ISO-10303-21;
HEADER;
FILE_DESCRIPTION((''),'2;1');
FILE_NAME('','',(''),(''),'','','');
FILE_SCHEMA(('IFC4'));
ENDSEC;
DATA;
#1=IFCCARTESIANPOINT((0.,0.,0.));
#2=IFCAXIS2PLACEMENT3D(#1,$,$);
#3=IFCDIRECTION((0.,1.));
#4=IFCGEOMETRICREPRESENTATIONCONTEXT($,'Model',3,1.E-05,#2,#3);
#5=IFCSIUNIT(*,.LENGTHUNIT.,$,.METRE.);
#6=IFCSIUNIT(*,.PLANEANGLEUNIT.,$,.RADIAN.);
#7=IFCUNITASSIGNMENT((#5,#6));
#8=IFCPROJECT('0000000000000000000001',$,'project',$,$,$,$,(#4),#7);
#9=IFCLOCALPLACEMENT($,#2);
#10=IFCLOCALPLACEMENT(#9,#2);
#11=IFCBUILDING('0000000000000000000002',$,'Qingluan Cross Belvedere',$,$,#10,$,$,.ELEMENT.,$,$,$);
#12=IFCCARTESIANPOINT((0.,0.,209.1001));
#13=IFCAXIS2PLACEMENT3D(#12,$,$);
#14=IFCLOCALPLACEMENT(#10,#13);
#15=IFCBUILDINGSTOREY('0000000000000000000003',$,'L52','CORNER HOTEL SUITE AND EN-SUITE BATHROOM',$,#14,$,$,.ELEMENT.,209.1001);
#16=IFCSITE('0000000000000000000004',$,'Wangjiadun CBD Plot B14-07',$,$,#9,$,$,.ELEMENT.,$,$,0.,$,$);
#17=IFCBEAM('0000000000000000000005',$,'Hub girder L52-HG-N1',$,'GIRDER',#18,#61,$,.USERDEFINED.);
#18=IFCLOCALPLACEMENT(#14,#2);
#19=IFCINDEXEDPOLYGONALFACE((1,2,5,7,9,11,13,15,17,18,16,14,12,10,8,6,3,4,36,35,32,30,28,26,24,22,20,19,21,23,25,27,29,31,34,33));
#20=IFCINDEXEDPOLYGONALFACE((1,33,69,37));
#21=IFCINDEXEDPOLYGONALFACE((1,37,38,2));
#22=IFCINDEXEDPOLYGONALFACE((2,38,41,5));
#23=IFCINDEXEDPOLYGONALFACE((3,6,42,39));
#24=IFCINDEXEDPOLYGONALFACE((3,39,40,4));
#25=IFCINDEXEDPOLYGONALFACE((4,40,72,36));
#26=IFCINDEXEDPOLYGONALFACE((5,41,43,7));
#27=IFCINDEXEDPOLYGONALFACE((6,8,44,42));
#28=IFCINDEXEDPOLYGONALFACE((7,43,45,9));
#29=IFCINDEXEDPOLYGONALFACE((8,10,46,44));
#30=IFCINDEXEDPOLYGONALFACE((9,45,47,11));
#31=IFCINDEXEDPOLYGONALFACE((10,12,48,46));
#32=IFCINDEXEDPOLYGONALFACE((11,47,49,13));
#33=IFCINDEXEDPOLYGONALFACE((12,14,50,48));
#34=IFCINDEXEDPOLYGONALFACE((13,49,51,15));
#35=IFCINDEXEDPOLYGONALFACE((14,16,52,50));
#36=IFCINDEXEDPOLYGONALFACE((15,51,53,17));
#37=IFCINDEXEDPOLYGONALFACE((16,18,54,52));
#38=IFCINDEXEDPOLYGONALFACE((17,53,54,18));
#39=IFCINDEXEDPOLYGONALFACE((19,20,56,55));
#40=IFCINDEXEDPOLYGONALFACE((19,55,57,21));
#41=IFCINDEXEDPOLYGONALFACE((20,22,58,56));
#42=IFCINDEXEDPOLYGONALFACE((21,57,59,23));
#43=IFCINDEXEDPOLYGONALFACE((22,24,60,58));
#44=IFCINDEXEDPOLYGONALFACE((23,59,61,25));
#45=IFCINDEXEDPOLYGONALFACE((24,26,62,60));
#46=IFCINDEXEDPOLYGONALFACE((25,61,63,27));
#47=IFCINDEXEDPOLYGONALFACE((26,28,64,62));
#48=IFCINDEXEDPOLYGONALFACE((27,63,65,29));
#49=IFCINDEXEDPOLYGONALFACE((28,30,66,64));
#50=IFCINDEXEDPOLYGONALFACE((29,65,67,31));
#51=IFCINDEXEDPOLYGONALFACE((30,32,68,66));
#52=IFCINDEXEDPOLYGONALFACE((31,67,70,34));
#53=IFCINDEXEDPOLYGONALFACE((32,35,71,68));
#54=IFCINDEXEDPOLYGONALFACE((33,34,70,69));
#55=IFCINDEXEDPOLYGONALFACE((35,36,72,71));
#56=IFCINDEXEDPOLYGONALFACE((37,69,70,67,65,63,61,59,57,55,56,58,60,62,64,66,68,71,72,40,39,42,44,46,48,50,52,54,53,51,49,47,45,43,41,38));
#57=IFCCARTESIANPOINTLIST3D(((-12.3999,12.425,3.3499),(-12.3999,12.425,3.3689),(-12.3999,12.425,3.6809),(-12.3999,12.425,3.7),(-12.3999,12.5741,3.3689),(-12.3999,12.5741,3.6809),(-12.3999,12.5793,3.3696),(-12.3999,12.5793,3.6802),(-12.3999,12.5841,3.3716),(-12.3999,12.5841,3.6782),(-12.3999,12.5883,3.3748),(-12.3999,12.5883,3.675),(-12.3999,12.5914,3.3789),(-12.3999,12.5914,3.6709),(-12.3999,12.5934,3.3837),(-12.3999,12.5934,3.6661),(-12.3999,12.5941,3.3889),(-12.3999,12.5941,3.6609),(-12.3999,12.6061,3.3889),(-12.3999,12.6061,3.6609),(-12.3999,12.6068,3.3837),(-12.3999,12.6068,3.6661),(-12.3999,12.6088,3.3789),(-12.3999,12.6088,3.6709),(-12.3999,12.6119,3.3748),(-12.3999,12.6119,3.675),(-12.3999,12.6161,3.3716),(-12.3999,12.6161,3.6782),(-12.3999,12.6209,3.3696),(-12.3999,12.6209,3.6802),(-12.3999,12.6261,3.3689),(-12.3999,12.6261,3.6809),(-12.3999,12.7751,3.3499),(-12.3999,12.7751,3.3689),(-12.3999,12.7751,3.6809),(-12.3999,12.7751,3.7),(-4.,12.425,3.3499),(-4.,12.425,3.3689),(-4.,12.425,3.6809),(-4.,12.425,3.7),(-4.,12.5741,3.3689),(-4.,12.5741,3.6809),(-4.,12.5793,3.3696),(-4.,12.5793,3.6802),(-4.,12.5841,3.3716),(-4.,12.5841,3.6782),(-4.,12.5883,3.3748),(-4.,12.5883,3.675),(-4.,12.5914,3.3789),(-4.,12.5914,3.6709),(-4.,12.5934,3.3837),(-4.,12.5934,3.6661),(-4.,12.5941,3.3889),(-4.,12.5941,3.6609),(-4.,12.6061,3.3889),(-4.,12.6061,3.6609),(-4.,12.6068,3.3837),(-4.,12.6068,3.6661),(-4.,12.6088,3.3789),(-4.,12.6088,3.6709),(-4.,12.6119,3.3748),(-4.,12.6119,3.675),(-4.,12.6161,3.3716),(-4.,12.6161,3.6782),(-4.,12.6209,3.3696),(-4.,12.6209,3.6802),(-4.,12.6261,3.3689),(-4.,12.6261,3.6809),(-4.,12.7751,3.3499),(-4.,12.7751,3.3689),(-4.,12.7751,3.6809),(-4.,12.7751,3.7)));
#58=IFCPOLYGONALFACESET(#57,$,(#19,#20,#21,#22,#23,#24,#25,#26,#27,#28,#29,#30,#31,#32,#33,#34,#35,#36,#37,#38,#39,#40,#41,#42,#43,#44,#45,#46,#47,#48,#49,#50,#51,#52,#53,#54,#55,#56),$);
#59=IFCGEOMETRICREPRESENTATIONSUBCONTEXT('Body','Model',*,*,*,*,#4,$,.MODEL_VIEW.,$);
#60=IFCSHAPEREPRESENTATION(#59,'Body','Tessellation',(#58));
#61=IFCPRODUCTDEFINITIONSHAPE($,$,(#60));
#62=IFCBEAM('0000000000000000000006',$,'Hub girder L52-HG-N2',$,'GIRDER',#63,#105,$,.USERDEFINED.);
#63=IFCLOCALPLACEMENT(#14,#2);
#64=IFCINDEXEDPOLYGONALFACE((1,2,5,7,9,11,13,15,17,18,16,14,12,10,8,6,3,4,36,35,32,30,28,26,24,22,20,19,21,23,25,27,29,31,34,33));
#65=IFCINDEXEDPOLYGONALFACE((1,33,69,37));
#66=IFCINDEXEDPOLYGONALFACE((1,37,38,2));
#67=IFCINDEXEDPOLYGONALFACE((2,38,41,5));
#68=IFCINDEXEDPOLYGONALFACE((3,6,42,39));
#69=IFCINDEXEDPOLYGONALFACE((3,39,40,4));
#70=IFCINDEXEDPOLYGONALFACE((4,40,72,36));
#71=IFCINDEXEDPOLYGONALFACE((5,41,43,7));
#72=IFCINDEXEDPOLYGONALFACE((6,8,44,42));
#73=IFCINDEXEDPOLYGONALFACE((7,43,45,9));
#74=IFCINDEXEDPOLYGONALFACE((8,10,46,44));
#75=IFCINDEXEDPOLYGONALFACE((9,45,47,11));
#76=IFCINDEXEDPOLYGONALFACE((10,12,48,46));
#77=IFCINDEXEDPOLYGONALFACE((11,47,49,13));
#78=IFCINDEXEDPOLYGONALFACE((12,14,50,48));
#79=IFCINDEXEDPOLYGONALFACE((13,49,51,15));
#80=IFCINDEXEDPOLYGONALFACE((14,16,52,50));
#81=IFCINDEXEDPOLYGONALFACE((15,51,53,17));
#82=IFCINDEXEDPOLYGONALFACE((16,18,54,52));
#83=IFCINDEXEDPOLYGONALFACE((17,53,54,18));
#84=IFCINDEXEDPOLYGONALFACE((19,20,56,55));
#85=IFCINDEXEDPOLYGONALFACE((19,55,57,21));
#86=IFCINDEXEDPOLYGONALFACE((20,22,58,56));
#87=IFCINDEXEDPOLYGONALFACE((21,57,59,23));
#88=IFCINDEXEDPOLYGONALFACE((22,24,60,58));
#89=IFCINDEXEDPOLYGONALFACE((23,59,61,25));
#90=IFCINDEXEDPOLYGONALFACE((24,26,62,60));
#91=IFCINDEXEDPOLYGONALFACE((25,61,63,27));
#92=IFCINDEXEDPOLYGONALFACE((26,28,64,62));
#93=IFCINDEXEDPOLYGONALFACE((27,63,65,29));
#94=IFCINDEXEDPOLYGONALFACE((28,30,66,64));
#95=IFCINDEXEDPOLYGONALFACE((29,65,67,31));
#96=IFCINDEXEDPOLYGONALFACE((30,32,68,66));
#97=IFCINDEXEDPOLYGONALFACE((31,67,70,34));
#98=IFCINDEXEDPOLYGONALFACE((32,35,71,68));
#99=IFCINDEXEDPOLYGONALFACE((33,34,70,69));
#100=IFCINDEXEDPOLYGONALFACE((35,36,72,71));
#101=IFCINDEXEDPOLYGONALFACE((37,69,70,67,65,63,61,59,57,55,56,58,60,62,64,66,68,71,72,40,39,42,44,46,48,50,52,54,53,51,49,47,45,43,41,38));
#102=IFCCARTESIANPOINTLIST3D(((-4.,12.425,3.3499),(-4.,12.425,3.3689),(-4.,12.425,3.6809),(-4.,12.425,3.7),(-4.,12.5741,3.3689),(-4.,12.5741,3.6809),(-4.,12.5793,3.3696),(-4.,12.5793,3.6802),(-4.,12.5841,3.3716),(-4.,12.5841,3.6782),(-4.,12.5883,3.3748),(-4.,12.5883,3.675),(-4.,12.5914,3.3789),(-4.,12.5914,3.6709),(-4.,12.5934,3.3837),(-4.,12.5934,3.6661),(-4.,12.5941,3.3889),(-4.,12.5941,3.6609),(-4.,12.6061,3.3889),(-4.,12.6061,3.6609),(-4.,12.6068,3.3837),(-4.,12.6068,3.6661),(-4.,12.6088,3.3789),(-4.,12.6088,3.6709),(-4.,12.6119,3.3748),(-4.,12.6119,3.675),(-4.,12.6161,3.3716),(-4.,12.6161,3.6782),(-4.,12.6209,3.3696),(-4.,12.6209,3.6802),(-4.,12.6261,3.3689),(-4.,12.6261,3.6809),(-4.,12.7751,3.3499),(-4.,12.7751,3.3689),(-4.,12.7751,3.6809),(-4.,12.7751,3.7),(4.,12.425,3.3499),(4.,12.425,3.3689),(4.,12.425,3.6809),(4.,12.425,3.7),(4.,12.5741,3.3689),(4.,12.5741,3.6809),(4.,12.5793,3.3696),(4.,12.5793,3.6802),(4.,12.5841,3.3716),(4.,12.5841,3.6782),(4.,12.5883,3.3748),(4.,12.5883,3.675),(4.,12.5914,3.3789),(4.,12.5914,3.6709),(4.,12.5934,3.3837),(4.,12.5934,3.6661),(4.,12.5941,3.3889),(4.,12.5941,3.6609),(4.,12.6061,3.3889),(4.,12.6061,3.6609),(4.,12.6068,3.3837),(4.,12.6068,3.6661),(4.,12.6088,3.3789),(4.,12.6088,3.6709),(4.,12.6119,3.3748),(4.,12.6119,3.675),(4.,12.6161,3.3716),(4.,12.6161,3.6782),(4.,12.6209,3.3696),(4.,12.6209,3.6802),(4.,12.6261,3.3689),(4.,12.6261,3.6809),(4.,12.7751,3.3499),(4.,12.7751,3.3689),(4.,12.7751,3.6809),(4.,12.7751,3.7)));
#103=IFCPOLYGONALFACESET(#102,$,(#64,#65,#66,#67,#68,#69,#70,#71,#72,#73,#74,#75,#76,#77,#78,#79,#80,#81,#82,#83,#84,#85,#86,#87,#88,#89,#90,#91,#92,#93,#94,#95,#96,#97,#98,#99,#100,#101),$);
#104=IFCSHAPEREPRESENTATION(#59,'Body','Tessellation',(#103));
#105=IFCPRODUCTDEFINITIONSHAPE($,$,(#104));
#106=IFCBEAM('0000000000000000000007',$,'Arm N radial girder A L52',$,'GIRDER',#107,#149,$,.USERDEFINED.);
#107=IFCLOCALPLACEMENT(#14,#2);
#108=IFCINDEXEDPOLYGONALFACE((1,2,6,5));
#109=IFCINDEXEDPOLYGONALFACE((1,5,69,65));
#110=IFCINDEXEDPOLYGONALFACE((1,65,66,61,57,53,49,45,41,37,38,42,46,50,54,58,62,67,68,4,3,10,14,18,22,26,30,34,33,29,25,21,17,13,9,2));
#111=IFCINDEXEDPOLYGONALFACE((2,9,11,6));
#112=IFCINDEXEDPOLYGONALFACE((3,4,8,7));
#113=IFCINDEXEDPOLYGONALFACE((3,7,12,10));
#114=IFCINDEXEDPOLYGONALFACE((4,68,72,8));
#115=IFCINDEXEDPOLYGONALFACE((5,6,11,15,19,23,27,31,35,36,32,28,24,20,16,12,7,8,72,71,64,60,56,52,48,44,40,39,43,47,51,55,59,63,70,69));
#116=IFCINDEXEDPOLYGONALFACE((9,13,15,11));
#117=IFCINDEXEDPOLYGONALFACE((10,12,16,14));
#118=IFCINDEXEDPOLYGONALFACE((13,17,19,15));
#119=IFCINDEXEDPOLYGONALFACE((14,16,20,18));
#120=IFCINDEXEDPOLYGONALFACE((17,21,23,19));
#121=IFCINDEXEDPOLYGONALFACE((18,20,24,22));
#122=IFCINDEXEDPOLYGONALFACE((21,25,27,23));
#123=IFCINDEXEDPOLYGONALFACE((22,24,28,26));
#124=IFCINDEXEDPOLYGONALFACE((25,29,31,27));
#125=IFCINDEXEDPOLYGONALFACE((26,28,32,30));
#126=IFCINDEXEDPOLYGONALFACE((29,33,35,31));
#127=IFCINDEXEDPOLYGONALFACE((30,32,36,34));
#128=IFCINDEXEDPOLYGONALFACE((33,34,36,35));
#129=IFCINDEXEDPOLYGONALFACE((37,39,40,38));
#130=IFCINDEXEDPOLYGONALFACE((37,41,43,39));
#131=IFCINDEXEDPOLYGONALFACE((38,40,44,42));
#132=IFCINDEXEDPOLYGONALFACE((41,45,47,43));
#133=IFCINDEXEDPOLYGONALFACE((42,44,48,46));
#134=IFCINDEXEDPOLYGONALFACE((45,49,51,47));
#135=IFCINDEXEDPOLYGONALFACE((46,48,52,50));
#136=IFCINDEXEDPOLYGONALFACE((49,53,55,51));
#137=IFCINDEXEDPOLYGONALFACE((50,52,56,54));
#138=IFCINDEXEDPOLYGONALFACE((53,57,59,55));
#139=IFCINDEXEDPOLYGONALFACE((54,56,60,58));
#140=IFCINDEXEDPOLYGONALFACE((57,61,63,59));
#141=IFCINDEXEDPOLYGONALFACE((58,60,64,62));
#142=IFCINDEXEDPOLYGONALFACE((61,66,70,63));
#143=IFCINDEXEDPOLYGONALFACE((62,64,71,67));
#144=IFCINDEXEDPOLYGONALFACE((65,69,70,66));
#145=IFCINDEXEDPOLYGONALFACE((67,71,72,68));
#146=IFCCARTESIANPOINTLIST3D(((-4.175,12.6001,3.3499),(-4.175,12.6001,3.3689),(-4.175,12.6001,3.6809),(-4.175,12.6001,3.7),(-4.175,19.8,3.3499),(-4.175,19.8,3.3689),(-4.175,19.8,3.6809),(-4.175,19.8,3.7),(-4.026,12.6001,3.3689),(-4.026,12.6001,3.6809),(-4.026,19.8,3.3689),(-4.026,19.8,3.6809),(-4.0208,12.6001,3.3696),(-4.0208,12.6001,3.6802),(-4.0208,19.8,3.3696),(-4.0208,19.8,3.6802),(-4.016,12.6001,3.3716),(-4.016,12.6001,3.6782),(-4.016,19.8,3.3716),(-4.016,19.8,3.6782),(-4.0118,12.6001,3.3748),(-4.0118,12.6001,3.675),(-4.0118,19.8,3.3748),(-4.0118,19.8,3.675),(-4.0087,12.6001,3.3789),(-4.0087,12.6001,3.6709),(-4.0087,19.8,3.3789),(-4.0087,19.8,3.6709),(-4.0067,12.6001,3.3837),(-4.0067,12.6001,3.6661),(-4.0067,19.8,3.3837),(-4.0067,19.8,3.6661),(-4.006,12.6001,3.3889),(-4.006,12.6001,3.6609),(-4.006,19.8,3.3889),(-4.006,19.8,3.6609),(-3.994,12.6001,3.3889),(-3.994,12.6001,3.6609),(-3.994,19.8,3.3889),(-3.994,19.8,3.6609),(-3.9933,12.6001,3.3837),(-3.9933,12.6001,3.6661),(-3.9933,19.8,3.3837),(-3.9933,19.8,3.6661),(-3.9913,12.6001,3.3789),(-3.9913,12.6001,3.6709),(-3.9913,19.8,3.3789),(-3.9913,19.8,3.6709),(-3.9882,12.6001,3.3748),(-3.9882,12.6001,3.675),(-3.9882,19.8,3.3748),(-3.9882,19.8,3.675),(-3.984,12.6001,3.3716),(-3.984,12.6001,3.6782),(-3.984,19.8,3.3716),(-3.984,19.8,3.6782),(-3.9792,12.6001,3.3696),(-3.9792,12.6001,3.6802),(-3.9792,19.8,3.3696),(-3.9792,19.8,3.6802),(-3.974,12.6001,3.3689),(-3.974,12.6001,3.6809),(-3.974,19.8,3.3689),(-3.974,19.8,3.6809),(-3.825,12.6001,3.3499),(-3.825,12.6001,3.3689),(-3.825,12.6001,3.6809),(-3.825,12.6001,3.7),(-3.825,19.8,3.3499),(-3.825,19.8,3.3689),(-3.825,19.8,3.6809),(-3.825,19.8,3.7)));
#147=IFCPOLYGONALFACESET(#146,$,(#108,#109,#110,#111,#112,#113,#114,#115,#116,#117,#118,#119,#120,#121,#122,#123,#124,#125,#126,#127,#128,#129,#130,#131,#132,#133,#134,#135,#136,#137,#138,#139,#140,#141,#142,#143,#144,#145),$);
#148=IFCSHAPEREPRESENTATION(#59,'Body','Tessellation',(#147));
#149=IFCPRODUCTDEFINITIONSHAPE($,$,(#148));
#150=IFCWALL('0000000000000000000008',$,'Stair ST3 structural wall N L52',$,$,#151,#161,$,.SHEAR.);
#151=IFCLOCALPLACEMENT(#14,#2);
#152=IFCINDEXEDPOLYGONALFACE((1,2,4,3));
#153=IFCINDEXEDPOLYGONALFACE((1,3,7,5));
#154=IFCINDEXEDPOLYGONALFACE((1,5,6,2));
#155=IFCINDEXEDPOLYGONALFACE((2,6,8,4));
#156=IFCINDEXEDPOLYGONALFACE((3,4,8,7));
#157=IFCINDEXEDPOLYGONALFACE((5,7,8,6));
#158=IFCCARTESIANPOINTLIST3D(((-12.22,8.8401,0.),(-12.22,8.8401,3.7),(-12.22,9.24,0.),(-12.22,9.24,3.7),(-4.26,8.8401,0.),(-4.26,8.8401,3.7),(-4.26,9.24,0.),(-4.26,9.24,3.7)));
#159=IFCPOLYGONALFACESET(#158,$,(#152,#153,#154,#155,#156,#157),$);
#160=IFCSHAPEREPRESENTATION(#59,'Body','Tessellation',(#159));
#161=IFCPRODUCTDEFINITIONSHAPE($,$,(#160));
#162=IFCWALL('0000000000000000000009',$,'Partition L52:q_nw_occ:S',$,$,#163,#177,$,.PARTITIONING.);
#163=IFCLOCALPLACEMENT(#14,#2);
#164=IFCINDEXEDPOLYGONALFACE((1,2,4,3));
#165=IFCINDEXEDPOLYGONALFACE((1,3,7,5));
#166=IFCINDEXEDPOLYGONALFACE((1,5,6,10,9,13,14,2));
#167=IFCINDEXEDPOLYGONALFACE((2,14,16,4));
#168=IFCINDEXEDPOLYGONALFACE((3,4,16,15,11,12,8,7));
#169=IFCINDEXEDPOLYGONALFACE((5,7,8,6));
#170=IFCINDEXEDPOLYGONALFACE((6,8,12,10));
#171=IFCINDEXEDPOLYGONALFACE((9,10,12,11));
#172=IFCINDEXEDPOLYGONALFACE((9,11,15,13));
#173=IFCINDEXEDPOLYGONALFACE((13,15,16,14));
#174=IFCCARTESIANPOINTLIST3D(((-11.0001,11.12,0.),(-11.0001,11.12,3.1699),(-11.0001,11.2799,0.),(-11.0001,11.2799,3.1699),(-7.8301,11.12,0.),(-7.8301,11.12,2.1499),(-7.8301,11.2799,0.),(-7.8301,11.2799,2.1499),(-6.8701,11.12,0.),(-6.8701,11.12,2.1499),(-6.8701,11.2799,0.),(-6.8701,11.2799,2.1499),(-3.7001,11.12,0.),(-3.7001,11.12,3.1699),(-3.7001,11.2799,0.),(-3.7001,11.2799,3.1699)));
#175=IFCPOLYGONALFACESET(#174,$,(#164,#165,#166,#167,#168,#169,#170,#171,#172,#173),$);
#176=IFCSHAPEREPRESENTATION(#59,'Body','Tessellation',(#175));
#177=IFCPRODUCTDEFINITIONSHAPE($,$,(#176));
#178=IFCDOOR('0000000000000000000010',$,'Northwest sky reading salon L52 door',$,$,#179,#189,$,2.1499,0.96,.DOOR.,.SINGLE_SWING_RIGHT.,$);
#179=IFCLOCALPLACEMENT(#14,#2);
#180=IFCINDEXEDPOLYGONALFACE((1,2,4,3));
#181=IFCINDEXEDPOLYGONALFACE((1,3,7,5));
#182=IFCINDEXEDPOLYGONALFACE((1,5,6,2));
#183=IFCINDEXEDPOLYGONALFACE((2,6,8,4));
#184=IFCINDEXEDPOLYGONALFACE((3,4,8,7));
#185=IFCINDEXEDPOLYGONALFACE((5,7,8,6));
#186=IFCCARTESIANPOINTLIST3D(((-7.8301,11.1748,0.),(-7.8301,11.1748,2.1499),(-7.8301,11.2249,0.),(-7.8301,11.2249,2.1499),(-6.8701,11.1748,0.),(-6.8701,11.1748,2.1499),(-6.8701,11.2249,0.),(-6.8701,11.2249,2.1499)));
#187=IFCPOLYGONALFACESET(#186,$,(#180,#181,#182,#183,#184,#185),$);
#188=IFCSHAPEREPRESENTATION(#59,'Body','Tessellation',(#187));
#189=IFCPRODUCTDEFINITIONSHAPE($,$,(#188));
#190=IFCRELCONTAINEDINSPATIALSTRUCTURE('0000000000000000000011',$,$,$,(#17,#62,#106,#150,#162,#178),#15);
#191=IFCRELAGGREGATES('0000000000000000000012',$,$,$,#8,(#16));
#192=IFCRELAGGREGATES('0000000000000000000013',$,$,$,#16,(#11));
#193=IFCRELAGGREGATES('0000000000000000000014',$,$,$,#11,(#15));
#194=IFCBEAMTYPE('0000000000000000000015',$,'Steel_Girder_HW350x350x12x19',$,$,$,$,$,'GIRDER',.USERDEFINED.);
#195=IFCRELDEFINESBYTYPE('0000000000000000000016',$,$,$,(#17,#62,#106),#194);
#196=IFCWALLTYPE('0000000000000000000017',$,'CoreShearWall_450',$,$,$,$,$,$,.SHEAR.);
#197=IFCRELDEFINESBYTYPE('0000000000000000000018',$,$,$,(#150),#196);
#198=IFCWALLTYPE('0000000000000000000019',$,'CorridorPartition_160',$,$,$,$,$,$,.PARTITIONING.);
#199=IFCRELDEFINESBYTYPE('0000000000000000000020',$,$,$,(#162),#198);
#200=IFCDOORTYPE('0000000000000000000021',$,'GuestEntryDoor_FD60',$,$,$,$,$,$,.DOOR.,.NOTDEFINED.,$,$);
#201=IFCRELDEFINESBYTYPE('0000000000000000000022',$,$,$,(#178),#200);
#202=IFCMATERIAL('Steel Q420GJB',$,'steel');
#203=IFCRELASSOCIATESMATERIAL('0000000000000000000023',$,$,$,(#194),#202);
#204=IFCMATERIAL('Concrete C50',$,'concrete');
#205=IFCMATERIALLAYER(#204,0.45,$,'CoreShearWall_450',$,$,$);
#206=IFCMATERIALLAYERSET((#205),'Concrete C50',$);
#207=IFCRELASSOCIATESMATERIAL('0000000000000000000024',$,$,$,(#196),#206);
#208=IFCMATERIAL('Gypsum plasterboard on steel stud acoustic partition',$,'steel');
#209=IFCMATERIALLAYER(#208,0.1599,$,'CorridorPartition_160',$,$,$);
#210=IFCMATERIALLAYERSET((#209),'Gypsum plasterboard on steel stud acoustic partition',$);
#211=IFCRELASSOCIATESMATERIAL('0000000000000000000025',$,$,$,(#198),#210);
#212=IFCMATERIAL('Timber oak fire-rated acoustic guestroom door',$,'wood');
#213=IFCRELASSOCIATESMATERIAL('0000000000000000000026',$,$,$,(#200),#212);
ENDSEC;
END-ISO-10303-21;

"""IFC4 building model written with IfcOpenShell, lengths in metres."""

from ifc_helpers import new_model, si_unit, direction, frame, frame_2d, origin, origin_2d, place, context, subcontext, project, spatial, rectangle, i_section, extrude, material, layer, layer_set, material_profile, profile_set, type_object, element, fill, save


model = new_model("IFC4")

# Units and contexts
model_context = context("Model", 3, precision=1e-05, world=origin(), true_north=direction((0.0, 1.0)))
body_context = subcontext(model_context, "Body", "Model", "MODEL_VIEW")
ifc_project = project(units=[si_unit("LENGTHUNIT", "METRE"), si_unit("PLANEANGLEUNIT", "RADIAN")], contexts=[model_context])

# Site, building, storey
site_placement = place(None, origin())
site = spatial("IfcSite", under=ifc_project, at=site_placement, Name="Wangjiadun CBD Plot B14-07", CompositionType="ELEMENT", RefElevation=0.0)
building_placement = place(site_placement, origin())
building = spatial("IfcBuilding", under=site, at=building_placement, Name="Qingluan Cross Belvedere", CompositionType="ELEMENT")
storey_placement = place(building_placement, frame((0.0, 0.0, 209.1001)))
storey = spatial("IfcBuildingStorey", under=building, at=storey_placement, Name="L52", Description="CORNER HOTEL SUITE AND EN-SUITE BATHROOM", CompositionType="ELEMENT", Elevation=209.1001)

# Beams
ifc_material_1 = material(Name="Steel Q420GJB", Category="steel")
ifc_material_profile_1 = material_profile(ifc_material_1, i_section(OverallWidth=0.3501, OverallDepth=0.3501, WebThickness=0.012, FlangeThickness=0.019, FilletRadius=0.02, at=origin_2d()), Name="HW350x350x12x19")
ifc_profile_set_1 = profile_set([ifc_material_profile_1], Name="Steel Q420GJB")
beam_type_1 = type_object("IfcBeamType", Name="Steel_Girder_HW350x350x12x19", ElementType="GIRDER", PredefinedType="USERDEFINED", material=ifc_profile_set_1)
beam_1_placement = place(storey_placement, frame((-12.3999, 12.6001, 3.5249), z_axis=(1.0, 0.0, 0.0), x_axis=(0.0, 1.0, 0.0)))
element("IfcBeam", 1, at=beam_1_placement, inside=storey, type_object=beam_type_1, Name="Hub girder L52-HG-N1", ObjectType="GIRDER", PredefinedType="USERDEFINED", context=body_context, shape_type="SweptSolid", body=[
    extrude(i_section(OverallWidth=0.3501, OverallDepth=0.3501, WebThickness=0.012, FlangeThickness=0.019, FilletRadius=0.02, at=origin_2d()), origin(), (0.0, 0.0, 1.0), 8.3999),
])
beam_2_placement = place(storey_placement, frame((-4.0, 12.6001, 3.5249), z_axis=(1.0, 0.0, 0.0), x_axis=(0.0, 1.0, 0.0)))
element("IfcBeam", 2, at=beam_2_placement, inside=storey, type_object=beam_type_1, Name="Hub girder L52-HG-N2", ObjectType="GIRDER", PredefinedType="USERDEFINED", context=body_context, shape_type="SweptSolid", body=[
    extrude(i_section(OverallWidth=0.3501, OverallDepth=0.3501, WebThickness=0.012, FlangeThickness=0.019, FilletRadius=0.02, at=origin_2d()), origin(), (0.0, 0.0, 1.0), 8.0),
])
beam_3_placement = place(storey_placement, frame((-4.0, 12.6001, 3.5249), z_axis=(0.0, 1.0, 0.0), x_axis=(-1.0, 0.0, 0.0)))
element("IfcBeam", 3, at=beam_3_placement, inside=storey, type_object=beam_type_1, Name="Arm N radial girder A L52", ObjectType="GIRDER", PredefinedType="USERDEFINED", context=body_context, shape_type="SweptSolid", body=[
    extrude(i_section(OverallWidth=0.3501, OverallDepth=0.3501, WebThickness=0.012, FlangeThickness=0.019, FilletRadius=0.02, at=origin_2d()), origin(), (0.0, 0.0, 1.0), 7.2),
])

# Wall
ifc_material_2 = material(Name="Concrete C50", Category="concrete")
ifc_layer_1 = layer(ifc_material_2, 0.45, Name="CoreShearWall_450")
ifc_layer_set_1 = layer_set([ifc_layer_1], Name="Concrete C50")
wall_type_1 = type_object("IfcWallType", Name="CoreShearWall_450", PredefinedType="SHEAR", material=ifc_layer_set_1)
wall_1_placement = place(storey_placement, frame((-12.22, 9.04, 0.0), z_axis=(0.0, 0.0, 1.0), x_axis=(1.0, 0.0, 0.0)))
element("IfcWall", 4, at=wall_1_placement, inside=storey, type_object=wall_type_1, Name="Stair ST3 structural wall N L52", PredefinedType="SHEAR", context=body_context, shape_type="SweptSolid", body=[
    extrude(rectangle(XDim=7.96, YDim=0.3999, at=frame_2d((3.98, 0.0))), origin(), (0.0, 0.0, 1.0), 3.7),
])

# Wall, opening, door
ifc_material_3 = material(Name="Gypsum plasterboard on steel stud acoustic partition", Category="steel")
ifc_layer_2 = layer(ifc_material_3, 0.1599, Name="CorridorPartition_160")
ifc_layer_set_2 = layer_set([ifc_layer_2], Name="Gypsum plasterboard on steel stud acoustic partition")
wall_type_2 = type_object("IfcWallType", Name="CorridorPartition_160", PredefinedType="PARTITIONING", material=ifc_layer_set_2)
wall_2_placement = place(storey_placement, frame((-11.0, 11.2, 0.0), z_axis=(0.0, 0.0, 1.0), x_axis=(1.0, 0.0, 0.0)))
wall_2 = element("IfcWall", 5, at=wall_2_placement, inside=storey, type_object=wall_type_2, Name="Partition L52:q_nw_occ:S", PredefinedType="PARTITIONING", context=body_context, shape_type="SweptSolid", body=[
    extrude(rectangle(XDim=7.3, YDim=0.1599, at=frame_2d((3.6499, 0.0))), origin(), (0.0, 0.0, 1.0), 3.1699),
])
opening_placement = place(wall_2_placement, frame((3.1699, 0.0, 0.0)))
opening = element("IfcOpeningElement", 6, at=opening_placement, cuts=wall_2, PredefinedType="OPENING", context=body_context, shape_type="SweptSolid", body=[
    extrude(rectangle(XDim=0.96, YDim=2.1499, at=frame_2d((0.48, 1.075))), frame((0.0, 0.0898, 0.0), z_axis=(0.0, -1.0, 0.0), x_axis=(1.0, 0.0, 0.0)), (0.0, 0.0, 1.0), 0.1799),
])
ifc_material_4 = material(Name="Timber oak fire-rated acoustic guestroom door", Category="wood")
door_type = type_object("IfcDoorType", Name="GuestEntryDoor_FD60", OperationType="NOTDEFINED", PredefinedType="DOOR", material=ifc_material_4)
door_placement = place(opening_placement, origin())
door = element("IfcDoor", 7, at=door_placement, inside=storey, type_object=door_type, Name="Northwest sky reading salon L52 door", OperationType="SINGLE_SWING_RIGHT", OverallHeight=2.1499, OverallWidth=0.96, PredefinedType="DOOR", context=body_context, shape_type="SweptSolid", body=[
    extrude(rectangle(XDim=0.96, YDim=2.1499, at=frame_2d((0.48, 1.075))), frame((0.0, 0.0249, 0.0), z_axis=(0.0, -1.0, 0.0), x_axis=(1.0, 0.0, 0.0)), (0.0, 0.0, 1.0), 0.05),
])
fill(opening, door)

save(model, "model.ifc")
